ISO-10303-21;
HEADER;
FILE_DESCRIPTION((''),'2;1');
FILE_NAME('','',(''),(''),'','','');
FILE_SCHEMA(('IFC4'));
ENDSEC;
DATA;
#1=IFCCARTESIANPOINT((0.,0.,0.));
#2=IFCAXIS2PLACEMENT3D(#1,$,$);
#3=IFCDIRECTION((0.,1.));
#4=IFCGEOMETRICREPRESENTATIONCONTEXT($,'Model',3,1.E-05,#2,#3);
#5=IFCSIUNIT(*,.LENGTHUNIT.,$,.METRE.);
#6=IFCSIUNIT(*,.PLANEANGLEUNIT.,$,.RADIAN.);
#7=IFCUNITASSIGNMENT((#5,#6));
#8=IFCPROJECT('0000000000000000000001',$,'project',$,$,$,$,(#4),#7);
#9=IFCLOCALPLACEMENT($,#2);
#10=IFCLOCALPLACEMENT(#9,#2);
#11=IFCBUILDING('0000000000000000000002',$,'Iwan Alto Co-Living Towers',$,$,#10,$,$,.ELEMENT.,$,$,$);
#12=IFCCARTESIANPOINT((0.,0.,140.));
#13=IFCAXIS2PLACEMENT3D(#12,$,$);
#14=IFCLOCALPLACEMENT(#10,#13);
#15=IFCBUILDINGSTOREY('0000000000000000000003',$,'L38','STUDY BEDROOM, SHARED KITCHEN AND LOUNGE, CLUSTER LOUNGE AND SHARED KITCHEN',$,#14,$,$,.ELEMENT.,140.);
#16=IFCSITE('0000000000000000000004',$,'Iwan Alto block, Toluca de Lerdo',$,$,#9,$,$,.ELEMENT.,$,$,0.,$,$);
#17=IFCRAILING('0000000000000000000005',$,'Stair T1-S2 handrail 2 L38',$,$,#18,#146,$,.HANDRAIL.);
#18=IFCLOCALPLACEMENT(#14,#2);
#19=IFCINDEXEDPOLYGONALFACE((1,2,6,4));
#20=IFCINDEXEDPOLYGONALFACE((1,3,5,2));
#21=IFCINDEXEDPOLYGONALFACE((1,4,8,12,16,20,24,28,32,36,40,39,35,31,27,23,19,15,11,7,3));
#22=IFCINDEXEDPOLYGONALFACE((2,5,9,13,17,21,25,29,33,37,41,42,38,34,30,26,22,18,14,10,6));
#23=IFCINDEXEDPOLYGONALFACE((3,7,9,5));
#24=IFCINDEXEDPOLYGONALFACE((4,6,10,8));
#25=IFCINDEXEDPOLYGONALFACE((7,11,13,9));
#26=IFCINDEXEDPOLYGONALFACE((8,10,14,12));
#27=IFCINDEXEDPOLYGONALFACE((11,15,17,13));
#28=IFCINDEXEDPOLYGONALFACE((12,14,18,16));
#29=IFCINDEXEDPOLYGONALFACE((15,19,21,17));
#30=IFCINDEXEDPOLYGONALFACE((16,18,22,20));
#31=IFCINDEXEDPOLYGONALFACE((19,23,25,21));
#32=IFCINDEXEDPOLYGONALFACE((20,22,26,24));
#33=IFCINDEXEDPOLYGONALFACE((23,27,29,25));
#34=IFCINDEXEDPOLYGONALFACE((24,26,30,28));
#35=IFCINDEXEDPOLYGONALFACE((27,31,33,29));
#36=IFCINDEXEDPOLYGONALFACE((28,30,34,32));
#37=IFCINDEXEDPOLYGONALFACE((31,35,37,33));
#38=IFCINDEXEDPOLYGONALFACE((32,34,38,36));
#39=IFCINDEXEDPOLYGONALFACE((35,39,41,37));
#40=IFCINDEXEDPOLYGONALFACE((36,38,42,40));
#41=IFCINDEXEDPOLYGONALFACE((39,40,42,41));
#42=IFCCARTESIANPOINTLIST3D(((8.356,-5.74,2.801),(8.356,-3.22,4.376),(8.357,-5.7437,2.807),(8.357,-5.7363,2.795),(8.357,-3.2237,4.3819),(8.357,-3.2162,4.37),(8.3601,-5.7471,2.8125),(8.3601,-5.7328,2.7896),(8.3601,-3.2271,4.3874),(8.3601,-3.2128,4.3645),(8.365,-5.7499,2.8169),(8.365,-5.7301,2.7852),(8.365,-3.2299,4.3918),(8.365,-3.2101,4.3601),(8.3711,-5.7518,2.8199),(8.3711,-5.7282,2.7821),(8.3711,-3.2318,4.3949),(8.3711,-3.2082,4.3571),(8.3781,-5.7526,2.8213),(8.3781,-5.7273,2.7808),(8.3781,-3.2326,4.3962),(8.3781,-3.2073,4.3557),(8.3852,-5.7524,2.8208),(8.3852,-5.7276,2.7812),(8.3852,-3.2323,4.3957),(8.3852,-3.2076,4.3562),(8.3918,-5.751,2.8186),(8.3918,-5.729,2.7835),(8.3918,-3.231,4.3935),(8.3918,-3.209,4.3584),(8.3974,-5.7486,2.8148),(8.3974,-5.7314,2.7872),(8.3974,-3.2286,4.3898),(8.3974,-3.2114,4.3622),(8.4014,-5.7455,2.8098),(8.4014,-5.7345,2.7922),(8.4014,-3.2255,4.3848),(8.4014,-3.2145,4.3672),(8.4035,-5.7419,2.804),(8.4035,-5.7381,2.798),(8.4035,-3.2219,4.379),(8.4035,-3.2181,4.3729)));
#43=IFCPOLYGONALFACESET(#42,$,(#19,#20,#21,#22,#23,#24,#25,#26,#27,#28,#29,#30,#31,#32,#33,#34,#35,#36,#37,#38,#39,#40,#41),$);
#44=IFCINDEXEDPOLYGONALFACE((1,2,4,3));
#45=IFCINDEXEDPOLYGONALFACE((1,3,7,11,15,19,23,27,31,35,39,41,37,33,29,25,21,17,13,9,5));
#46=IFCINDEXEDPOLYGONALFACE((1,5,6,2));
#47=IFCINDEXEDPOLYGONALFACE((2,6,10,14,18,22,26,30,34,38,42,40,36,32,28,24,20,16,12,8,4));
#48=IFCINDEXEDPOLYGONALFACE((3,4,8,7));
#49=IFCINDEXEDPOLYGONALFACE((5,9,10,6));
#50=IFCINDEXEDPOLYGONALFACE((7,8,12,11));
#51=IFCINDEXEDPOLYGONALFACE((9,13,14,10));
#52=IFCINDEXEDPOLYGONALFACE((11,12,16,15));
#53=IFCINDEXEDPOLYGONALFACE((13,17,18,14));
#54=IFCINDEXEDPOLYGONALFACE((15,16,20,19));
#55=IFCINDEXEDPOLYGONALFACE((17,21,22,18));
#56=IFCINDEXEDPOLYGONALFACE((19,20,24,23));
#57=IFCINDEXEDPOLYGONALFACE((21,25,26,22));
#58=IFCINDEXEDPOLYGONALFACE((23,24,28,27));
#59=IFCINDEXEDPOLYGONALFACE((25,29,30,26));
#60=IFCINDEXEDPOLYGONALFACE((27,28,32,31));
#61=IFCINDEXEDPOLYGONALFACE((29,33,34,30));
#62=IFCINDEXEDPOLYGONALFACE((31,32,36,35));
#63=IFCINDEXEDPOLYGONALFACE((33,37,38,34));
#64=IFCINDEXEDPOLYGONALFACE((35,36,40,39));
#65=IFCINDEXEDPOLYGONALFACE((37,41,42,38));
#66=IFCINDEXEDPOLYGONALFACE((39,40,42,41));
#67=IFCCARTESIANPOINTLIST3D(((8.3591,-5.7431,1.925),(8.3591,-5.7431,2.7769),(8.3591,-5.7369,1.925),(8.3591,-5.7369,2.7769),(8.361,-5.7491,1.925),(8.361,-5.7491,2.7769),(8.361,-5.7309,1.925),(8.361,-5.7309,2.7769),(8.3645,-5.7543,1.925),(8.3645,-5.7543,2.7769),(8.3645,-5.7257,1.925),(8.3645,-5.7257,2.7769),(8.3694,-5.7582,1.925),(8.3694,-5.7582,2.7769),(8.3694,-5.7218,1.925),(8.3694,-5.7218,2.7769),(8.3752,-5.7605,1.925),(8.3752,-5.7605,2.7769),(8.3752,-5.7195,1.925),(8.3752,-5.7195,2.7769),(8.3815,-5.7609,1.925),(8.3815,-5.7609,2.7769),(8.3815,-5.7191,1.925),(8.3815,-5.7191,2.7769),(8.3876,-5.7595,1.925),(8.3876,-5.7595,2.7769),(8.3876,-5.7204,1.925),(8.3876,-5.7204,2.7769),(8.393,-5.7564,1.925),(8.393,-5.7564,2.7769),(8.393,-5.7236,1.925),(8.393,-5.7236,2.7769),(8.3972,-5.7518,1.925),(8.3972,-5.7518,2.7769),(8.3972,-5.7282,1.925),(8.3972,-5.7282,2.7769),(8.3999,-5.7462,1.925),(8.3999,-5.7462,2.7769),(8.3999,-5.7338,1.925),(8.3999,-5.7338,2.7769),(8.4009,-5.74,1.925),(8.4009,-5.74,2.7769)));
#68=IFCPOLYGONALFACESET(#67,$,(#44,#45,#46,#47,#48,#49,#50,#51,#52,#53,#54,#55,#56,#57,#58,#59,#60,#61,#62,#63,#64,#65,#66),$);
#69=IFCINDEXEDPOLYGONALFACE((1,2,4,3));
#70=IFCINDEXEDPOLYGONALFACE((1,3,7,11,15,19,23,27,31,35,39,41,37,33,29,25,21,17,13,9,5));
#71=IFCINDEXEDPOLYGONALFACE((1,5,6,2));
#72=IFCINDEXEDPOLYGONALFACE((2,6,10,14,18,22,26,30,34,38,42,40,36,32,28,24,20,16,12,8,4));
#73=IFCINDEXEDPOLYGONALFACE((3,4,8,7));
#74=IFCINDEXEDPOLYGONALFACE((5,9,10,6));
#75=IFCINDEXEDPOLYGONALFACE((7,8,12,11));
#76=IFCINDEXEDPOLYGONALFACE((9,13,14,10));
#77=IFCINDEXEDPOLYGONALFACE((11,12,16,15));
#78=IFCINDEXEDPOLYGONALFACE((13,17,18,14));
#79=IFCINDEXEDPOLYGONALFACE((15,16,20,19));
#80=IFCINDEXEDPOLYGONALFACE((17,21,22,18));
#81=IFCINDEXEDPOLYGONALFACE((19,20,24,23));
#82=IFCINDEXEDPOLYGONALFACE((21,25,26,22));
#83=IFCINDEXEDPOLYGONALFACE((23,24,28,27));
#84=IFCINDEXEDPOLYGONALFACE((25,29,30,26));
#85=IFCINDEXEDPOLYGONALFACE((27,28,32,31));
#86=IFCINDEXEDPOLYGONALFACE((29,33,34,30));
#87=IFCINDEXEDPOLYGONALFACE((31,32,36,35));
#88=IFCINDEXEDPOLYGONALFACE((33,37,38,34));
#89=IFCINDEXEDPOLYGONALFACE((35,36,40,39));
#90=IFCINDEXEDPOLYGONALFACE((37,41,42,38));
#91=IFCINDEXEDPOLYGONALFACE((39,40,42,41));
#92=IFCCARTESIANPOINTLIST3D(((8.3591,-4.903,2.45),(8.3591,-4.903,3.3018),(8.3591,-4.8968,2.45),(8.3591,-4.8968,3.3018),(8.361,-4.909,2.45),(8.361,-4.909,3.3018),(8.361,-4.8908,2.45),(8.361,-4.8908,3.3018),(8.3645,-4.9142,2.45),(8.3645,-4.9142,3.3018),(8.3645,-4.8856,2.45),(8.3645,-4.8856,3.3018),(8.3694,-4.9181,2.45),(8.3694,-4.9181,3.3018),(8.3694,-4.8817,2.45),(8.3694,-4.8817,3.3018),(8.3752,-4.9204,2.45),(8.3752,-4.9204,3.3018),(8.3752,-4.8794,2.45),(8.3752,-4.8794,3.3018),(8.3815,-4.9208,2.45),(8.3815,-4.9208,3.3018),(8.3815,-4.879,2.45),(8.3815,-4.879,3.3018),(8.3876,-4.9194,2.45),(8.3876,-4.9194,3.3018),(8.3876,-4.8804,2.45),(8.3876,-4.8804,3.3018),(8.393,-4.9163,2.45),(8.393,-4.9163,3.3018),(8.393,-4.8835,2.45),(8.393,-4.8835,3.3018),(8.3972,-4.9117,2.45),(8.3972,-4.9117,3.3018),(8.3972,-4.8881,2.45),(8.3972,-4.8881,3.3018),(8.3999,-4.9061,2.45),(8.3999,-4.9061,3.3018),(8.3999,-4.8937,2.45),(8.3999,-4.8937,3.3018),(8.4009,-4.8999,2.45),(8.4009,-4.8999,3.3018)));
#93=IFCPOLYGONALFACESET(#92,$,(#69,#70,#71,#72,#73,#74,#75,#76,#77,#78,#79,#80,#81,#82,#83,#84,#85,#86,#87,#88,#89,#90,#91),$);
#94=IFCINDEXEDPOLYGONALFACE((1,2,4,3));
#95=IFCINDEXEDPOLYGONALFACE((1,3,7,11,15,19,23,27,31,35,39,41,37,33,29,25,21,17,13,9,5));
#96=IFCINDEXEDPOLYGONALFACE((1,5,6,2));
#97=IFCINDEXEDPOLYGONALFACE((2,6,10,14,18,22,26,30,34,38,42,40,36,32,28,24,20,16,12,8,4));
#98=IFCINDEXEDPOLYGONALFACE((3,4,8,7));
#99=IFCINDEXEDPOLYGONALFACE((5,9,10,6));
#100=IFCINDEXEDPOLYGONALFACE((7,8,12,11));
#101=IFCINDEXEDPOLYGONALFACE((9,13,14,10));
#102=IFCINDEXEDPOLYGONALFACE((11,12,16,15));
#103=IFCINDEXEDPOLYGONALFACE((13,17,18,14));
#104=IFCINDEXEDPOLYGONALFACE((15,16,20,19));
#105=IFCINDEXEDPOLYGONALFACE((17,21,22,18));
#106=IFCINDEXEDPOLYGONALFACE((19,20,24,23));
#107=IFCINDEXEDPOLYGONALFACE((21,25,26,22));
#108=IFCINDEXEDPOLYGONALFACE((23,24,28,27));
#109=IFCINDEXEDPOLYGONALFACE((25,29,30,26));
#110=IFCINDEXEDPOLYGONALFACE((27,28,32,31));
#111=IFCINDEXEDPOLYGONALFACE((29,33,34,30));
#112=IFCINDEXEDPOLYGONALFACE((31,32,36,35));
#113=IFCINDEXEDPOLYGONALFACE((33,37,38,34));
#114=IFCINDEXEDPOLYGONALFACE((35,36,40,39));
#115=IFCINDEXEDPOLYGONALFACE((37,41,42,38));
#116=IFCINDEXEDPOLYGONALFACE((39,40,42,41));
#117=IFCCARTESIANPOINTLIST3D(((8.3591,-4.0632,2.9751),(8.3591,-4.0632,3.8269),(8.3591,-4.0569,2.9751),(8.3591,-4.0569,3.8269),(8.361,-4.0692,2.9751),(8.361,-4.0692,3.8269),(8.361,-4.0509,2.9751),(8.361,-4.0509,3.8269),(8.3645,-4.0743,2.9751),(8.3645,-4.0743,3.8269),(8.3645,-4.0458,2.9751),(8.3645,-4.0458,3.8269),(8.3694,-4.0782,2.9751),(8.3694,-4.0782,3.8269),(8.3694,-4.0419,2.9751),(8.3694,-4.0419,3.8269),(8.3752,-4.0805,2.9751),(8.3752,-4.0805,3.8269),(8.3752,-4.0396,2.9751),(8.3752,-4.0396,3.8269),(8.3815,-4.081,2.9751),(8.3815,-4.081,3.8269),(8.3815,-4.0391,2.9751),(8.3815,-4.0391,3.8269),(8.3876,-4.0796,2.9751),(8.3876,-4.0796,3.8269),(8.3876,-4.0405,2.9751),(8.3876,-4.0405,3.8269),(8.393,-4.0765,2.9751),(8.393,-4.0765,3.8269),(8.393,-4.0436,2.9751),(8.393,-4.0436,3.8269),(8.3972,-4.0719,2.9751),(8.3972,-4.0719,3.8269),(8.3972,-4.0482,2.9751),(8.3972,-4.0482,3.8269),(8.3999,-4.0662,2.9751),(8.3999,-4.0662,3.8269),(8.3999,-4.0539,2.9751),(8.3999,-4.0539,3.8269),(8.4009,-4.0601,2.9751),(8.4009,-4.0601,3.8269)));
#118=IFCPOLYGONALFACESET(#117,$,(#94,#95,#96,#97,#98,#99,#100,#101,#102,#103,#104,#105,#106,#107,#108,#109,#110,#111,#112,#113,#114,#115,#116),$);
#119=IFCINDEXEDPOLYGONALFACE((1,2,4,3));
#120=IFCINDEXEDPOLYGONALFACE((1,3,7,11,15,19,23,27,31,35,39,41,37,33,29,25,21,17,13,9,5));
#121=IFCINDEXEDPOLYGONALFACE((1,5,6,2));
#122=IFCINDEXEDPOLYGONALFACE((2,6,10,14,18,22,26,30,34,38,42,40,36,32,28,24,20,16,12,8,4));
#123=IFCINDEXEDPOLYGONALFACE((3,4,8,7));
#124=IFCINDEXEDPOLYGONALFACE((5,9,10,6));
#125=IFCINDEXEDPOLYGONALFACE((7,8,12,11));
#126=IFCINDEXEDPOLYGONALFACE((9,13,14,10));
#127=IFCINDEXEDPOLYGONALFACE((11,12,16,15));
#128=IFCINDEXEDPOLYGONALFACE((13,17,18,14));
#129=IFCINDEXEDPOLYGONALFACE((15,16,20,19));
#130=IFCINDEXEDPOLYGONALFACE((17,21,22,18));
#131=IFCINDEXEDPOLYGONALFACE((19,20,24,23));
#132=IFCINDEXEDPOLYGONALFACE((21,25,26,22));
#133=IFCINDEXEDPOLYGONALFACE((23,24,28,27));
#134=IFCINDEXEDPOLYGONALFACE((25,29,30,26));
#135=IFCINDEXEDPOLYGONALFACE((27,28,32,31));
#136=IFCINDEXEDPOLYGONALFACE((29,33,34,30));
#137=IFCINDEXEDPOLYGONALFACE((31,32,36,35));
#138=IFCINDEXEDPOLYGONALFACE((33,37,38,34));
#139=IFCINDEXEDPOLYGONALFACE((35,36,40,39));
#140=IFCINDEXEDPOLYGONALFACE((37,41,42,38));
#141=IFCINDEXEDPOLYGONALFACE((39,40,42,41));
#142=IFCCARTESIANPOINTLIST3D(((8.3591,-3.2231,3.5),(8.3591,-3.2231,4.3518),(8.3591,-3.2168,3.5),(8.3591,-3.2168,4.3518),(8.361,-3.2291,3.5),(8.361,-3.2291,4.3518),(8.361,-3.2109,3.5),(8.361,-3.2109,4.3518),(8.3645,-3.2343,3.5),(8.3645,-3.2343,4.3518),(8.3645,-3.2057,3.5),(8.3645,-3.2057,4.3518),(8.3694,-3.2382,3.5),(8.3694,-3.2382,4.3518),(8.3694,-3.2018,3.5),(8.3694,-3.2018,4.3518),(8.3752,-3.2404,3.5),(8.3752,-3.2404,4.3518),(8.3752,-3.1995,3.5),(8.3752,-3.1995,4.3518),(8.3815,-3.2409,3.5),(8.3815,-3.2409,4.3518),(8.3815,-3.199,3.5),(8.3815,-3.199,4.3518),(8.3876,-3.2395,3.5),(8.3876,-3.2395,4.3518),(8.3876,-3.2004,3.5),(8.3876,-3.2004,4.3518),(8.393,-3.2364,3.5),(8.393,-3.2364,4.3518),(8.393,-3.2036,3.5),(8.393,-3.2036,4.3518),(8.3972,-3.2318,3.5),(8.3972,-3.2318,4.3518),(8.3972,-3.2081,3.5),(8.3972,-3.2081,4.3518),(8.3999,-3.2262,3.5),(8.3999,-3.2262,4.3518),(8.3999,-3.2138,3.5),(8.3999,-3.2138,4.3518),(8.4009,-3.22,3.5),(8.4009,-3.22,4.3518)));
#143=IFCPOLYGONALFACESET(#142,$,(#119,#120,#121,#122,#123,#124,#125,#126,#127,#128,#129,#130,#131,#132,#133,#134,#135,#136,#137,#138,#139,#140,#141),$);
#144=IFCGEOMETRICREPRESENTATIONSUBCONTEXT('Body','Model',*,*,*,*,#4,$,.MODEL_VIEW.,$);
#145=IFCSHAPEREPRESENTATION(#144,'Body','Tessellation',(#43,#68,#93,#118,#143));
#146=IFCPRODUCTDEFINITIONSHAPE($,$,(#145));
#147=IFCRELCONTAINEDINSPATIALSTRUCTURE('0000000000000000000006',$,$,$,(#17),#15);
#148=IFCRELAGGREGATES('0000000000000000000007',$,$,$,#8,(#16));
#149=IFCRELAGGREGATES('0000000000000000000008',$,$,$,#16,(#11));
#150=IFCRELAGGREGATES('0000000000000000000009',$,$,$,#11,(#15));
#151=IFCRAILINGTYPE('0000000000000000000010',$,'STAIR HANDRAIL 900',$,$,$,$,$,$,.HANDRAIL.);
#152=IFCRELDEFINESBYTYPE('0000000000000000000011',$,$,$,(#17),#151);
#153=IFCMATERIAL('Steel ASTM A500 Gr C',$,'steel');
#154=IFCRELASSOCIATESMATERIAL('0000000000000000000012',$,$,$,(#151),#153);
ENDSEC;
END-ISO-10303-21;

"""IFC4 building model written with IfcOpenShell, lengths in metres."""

from ifc_helpers import new_model, si_unit, direction, frame, origin, origin_2d, place, context, subcontext, project, spatial, circle, extrude, material, type_object, element, save


model = new_model("IFC4")

# Units and contexts
model_context = context("Model", 3, precision=1e-05, world=origin(), true_north=direction((0.0, 1.0)))
body_context = subcontext(model_context, "Body", "Model", "MODEL_VIEW")
ifc_project = project(units=[si_unit("LENGTHUNIT", "METRE"), si_unit("PLANEANGLEUNIT", "RADIAN")], contexts=[model_context])

# Site, building, storey
site_placement = place(None, origin())
site = spatial("IfcSite", under=ifc_project, at=site_placement, Name="Iwan Alto block, Toluca de Lerdo", CompositionType="ELEMENT", RefElevation=0.0)
building_placement = place(site_placement, origin())
building = spatial("IfcBuilding", under=site, at=building_placement, Name="Iwan Alto Co-Living Towers", CompositionType="ELEMENT")
storey_placement = place(building_placement, frame((0.0, 0.0, 140.0)))
storey = spatial("IfcBuildingStorey", under=building, at=storey_placement, Name="L38", Description="STUDY BEDROOM, SHARED KITCHEN AND LOUNGE, CLUSTER LOUNGE AND SHARED KITCHEN", CompositionType="ELEMENT", Elevation=140.0)

# Railing
ifc_material_1 = material(Name="Steel ASTM A500 Gr C", Category="steel")
railing_type_1 = type_object("IfcRailingType", Name="STAIR HANDRAIL 900", PredefinedType="HANDRAIL", material=ifc_material_1)
railing_1_placement = place(storey_placement, frame((8.3799, -5.74, 1.925)))
element("IfcRailing", 1, at=railing_1_placement, inside=storey, type_object=railing_type_1, Name="Stair T1-S2 handrail 2 L38", PredefinedType="HANDRAIL", context=body_context, shape_type="SweptSolid", body=[
    extrude(circle(Radius=0.0239, at=origin_2d()), frame((0.0, 0.0, 0.876), z_axis=(0.0, 0.848008, 0.529984), x_axis=(-1.0, 0.0, 0.0)), (0.0, 0.0, 1.0), 2.9717),
    extrude(circle(Radius=0.021, at=origin_2d()), origin(), (0.0, 0.0, 1.0), 0.8518),
    extrude(circle(Radius=0.021, at=origin_2d()), frame((0.0, 0.8401, 0.5249)), (0.0, 0.0, 1.0), 0.8518),
    extrude(circle(Radius=0.021, at=origin_2d()), frame((0.0, 1.6799, 1.05)), (0.0, 0.0, 1.0), 0.8518),
    extrude(circle(Radius=0.021, at=origin_2d()), frame((0.0, 2.52, 1.575)), (0.0, 0.0, 1.0), 0.8518),
])

save(model, "model.ifc")
